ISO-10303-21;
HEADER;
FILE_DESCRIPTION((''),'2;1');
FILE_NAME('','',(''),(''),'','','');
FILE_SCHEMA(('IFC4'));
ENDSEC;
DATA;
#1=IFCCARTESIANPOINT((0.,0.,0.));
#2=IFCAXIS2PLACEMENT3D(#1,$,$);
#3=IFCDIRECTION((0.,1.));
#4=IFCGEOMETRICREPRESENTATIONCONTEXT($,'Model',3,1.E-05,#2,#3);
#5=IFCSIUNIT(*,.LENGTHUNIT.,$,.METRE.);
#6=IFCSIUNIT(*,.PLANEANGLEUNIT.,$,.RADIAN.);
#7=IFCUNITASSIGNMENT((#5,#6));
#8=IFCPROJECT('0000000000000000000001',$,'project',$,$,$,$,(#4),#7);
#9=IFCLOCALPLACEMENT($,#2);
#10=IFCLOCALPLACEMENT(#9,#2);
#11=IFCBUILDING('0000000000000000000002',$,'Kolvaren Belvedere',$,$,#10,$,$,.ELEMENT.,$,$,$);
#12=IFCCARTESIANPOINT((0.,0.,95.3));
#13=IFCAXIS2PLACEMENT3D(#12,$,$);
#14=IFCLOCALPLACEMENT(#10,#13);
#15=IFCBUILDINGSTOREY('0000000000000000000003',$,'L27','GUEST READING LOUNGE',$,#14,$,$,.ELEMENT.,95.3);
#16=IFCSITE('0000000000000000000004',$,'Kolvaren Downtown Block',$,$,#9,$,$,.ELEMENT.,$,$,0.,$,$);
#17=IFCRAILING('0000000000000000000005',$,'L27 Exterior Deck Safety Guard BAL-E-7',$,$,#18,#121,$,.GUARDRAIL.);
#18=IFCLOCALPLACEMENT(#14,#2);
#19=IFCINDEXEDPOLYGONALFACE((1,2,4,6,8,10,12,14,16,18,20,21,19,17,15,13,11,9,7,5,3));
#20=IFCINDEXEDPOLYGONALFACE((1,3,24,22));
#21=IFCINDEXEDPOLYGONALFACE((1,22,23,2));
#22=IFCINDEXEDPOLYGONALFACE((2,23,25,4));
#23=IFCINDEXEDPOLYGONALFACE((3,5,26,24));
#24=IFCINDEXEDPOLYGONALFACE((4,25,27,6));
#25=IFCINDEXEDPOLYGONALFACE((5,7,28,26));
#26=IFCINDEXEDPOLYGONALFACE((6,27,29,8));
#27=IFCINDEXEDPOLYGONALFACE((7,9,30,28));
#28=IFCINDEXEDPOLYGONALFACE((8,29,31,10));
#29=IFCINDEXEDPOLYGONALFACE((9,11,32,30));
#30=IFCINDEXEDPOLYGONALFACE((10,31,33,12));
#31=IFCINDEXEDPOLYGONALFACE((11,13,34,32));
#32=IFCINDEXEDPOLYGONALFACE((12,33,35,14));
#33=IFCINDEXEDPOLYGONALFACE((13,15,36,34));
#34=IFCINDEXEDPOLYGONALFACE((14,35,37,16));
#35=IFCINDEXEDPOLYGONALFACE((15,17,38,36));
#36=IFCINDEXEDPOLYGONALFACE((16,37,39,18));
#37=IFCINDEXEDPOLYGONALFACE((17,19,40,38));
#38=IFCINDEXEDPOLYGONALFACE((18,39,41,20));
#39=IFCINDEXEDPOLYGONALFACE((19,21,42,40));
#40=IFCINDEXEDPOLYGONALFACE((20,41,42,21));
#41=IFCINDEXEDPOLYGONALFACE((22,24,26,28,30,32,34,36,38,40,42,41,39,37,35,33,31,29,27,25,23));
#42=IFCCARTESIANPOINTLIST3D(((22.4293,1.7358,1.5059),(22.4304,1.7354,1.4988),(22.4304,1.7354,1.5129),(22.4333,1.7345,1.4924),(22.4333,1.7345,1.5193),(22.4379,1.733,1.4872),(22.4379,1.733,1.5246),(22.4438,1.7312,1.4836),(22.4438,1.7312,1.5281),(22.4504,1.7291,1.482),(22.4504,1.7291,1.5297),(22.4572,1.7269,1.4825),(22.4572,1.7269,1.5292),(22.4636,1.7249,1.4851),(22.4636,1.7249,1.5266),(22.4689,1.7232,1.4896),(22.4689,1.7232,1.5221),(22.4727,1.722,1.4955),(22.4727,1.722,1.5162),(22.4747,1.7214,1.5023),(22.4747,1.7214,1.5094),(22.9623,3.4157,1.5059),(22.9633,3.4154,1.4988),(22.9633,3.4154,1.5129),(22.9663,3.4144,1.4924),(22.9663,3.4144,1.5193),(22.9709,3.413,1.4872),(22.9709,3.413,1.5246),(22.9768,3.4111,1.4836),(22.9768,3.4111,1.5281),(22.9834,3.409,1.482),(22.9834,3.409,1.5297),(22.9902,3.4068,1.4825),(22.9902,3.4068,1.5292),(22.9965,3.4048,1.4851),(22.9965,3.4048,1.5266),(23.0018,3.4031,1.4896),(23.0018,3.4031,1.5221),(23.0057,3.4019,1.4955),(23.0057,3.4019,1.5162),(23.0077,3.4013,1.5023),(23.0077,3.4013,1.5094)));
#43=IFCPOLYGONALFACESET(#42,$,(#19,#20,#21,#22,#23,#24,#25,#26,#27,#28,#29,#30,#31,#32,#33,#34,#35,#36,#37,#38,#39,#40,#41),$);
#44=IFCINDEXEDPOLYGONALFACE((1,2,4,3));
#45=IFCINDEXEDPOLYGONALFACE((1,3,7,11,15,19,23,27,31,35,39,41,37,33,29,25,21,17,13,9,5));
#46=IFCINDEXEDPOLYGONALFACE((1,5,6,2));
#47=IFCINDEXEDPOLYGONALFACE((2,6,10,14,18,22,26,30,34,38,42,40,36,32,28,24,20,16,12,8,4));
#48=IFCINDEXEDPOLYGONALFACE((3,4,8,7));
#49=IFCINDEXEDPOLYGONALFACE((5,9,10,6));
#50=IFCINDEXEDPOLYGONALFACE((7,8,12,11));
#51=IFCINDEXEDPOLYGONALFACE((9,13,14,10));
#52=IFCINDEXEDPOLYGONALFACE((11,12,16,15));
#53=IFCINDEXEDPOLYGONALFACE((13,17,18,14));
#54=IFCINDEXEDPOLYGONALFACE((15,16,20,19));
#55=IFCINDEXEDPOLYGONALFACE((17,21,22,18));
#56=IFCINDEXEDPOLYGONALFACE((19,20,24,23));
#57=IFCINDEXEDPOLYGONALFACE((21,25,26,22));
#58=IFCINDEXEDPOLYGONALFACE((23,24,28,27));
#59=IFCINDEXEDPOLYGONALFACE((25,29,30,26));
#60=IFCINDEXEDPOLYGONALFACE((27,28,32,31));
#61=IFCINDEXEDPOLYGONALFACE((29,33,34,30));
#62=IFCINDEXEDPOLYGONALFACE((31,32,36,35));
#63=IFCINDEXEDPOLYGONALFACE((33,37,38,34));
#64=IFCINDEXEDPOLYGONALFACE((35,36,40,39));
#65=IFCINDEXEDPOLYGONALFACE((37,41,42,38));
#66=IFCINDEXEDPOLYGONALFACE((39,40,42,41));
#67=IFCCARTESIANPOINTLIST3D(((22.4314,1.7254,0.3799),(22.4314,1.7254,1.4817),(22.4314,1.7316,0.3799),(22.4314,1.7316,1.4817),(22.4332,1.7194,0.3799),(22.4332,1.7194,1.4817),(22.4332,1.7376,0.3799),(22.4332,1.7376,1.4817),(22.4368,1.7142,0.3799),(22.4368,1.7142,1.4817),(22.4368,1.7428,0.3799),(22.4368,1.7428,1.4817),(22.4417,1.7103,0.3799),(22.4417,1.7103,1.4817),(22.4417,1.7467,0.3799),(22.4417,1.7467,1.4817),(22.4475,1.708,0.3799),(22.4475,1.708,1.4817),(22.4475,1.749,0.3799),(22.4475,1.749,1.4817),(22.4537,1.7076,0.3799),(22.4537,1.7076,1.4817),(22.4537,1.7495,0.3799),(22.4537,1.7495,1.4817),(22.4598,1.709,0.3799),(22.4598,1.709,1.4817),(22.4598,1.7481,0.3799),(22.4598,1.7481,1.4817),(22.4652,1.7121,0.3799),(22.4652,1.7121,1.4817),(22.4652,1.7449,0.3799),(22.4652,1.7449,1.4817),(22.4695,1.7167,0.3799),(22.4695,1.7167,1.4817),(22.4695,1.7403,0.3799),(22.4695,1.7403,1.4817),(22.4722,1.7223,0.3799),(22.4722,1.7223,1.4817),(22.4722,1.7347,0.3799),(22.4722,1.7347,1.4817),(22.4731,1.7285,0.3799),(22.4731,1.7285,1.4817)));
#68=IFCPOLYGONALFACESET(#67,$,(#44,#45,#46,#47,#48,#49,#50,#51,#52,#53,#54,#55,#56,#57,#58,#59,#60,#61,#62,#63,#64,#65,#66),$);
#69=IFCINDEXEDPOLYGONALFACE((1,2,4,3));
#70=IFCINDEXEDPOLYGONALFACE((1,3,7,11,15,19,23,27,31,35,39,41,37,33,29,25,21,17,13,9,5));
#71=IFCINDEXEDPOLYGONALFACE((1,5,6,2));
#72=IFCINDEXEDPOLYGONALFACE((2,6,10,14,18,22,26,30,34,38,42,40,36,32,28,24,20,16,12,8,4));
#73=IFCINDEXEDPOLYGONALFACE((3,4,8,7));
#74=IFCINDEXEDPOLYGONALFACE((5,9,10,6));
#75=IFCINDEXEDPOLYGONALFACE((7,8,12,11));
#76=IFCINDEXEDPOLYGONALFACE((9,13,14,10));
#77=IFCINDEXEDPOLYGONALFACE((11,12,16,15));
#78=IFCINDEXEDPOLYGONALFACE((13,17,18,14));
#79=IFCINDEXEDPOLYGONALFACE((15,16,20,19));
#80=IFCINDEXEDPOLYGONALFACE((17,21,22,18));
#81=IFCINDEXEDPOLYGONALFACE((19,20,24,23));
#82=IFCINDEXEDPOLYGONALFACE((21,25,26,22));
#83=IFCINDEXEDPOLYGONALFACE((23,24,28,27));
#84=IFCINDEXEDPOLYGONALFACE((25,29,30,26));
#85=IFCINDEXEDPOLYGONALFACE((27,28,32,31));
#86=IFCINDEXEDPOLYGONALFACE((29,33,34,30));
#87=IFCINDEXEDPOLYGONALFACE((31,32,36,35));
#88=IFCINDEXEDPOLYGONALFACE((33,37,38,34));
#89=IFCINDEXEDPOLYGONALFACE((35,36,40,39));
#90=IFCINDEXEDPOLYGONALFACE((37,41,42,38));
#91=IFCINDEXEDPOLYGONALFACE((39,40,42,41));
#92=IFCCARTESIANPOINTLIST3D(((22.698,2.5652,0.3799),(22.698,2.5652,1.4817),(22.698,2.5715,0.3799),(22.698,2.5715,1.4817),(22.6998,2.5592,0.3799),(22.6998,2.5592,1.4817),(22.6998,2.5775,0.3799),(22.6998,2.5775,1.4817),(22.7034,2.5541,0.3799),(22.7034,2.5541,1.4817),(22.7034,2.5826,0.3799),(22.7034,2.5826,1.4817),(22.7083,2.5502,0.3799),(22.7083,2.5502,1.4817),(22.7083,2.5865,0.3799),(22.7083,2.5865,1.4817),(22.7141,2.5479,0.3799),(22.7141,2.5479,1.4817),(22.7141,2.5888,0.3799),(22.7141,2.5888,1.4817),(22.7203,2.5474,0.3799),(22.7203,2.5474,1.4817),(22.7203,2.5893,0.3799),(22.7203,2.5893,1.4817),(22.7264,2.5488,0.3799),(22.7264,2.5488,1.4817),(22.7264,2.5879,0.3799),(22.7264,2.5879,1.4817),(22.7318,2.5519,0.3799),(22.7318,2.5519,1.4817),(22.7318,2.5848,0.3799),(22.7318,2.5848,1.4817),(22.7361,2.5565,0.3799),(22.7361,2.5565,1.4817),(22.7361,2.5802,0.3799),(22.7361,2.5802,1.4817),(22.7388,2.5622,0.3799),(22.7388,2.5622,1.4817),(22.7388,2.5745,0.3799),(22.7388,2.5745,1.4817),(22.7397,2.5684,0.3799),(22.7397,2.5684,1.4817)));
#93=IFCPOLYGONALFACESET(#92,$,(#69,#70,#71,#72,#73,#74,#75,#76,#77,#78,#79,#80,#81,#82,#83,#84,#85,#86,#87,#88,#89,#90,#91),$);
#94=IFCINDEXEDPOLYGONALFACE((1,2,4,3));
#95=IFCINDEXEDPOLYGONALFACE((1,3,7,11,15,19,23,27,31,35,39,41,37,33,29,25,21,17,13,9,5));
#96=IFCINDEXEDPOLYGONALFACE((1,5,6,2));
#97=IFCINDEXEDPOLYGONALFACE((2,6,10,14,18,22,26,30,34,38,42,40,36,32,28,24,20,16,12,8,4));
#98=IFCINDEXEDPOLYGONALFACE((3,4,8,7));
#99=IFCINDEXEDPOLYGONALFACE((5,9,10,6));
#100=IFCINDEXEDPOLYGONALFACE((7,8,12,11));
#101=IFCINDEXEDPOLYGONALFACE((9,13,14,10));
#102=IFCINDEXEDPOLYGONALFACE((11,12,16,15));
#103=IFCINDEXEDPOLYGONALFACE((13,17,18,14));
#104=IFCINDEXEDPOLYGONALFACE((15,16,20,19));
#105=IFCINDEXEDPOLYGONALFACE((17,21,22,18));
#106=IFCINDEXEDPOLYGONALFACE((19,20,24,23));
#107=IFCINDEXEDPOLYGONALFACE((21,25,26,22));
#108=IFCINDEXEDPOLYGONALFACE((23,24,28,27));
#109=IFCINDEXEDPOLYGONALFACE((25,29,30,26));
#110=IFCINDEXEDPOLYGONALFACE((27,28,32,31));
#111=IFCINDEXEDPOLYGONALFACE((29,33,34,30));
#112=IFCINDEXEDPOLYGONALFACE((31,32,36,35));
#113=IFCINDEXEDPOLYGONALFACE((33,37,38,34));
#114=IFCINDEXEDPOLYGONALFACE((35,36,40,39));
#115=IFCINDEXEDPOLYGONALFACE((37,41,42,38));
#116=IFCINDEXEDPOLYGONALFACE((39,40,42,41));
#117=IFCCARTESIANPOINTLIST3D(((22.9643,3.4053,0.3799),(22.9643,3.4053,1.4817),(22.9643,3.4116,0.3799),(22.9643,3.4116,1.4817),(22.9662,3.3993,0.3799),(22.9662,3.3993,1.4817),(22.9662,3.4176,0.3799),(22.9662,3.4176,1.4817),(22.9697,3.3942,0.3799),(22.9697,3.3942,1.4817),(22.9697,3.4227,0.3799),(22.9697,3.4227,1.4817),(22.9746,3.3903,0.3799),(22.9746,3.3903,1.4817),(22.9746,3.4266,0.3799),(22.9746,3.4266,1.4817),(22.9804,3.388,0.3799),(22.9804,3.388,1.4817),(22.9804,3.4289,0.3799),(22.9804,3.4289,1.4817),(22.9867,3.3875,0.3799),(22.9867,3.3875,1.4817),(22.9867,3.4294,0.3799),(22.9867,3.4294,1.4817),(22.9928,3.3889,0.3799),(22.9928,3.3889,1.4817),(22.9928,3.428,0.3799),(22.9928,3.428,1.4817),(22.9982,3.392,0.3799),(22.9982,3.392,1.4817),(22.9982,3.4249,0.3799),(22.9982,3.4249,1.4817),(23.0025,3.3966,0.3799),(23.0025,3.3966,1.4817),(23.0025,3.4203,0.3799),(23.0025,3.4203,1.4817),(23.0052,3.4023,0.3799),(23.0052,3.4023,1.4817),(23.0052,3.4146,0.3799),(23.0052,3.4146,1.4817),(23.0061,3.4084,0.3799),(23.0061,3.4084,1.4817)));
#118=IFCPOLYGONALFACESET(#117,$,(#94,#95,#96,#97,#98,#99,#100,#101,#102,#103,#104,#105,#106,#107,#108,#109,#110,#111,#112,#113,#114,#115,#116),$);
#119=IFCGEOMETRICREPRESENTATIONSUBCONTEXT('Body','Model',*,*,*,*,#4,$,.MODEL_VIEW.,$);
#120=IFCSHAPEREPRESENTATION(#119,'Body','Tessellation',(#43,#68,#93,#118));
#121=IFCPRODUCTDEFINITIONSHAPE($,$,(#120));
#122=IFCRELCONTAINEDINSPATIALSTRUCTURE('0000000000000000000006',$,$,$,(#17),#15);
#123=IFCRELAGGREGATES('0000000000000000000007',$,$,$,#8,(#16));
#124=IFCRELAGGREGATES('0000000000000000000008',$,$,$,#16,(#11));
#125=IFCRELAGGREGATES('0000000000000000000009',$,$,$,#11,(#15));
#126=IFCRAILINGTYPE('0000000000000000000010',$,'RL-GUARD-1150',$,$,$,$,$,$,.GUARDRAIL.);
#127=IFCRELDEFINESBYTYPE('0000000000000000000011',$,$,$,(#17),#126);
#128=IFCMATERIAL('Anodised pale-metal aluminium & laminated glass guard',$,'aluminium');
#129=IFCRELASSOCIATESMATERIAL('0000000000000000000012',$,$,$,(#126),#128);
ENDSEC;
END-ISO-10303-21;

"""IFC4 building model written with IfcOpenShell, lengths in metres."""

from ifc_helpers import new_model, si_unit, direction, frame, origin, origin_2d, place, context, subcontext, project, spatial, circle, extrude, material, type_object, element, save


model = new_model("IFC4")

# Units and contexts
model_context = context("Model", 3, precision=1e-05, world=origin(), true_north=direction((0.0, 1.0)))
body_context = subcontext(model_context, "Body", "Model", "MODEL_VIEW")
ifc_project = project(units=[si_unit("LENGTHUNIT", "METRE"), si_unit("PLANEANGLEUNIT", "RADIAN")], contexts=[model_context])

# Site, building, storey
site_placement = place(None, origin())
site = spatial("IfcSite", under=ifc_project, at=site_placement, Name="Kolvaren Downtown Block", CompositionType="ELEMENT", RefElevation=0.0)
building_placement = place(site_placement, origin())
building = spatial("IfcBuilding", under=site, at=building_placement, Name="Kolvaren Belvedere", CompositionType="ELEMENT")
storey_placement = place(building_placement, frame((0.0, 0.0, 95.3)))
storey = spatial("IfcBuildingStorey", under=building, at=storey_placement, Name="L27", Description="GUEST READING LOUNGE", CompositionType="ELEMENT", Elevation=95.3)

# Railing
ifc_material_1 = material(Name="Anodised pale-metal aluminium & laminated glass guard", Category="aluminium")
railing_type = type_object("IfcRailingType", Name="RL-GUARD-1150", PredefinedType="GUARDRAIL", material=ifc_material_1)
railing_1_placement = place(storey_placement, frame((22.4521, 1.7285, 0.3799)))
element("IfcRailing", 1, at=railing_1_placement, inside=storey, type_object=railing_type, Name="L27 Exterior Deck Safety Guard BAL-E-7", PredefinedType="GUARDRAIL", context=body_context, shape_type="SweptSolid", body=[
    extrude(circle(Radius=0.0239, at=origin_2d()), frame((0.0, 0.0, 1.126), z_axis=(0.302397, 0.953182, 0.0), x_axis=(-0.953182, 0.302397, 0.0)), (0.0, 0.0, 1.0), 1.7625),
    extrude(circle(Radius=0.021, at=origin_2d()), origin(), (0.0, 0.0, 1.0), 1.1018),
    extrude(circle(Radius=0.021, at=origin_2d()), frame((0.2666, 0.8398, 0.0)), (0.0, 0.0, 1.0), 1.1018),
    extrude(circle(Radius=0.021, at=origin_2d()), frame((0.533, 1.6799, 0.0)), (0.0, 0.0, 1.0), 1.1018),
])

save(model, "model.ifc")
